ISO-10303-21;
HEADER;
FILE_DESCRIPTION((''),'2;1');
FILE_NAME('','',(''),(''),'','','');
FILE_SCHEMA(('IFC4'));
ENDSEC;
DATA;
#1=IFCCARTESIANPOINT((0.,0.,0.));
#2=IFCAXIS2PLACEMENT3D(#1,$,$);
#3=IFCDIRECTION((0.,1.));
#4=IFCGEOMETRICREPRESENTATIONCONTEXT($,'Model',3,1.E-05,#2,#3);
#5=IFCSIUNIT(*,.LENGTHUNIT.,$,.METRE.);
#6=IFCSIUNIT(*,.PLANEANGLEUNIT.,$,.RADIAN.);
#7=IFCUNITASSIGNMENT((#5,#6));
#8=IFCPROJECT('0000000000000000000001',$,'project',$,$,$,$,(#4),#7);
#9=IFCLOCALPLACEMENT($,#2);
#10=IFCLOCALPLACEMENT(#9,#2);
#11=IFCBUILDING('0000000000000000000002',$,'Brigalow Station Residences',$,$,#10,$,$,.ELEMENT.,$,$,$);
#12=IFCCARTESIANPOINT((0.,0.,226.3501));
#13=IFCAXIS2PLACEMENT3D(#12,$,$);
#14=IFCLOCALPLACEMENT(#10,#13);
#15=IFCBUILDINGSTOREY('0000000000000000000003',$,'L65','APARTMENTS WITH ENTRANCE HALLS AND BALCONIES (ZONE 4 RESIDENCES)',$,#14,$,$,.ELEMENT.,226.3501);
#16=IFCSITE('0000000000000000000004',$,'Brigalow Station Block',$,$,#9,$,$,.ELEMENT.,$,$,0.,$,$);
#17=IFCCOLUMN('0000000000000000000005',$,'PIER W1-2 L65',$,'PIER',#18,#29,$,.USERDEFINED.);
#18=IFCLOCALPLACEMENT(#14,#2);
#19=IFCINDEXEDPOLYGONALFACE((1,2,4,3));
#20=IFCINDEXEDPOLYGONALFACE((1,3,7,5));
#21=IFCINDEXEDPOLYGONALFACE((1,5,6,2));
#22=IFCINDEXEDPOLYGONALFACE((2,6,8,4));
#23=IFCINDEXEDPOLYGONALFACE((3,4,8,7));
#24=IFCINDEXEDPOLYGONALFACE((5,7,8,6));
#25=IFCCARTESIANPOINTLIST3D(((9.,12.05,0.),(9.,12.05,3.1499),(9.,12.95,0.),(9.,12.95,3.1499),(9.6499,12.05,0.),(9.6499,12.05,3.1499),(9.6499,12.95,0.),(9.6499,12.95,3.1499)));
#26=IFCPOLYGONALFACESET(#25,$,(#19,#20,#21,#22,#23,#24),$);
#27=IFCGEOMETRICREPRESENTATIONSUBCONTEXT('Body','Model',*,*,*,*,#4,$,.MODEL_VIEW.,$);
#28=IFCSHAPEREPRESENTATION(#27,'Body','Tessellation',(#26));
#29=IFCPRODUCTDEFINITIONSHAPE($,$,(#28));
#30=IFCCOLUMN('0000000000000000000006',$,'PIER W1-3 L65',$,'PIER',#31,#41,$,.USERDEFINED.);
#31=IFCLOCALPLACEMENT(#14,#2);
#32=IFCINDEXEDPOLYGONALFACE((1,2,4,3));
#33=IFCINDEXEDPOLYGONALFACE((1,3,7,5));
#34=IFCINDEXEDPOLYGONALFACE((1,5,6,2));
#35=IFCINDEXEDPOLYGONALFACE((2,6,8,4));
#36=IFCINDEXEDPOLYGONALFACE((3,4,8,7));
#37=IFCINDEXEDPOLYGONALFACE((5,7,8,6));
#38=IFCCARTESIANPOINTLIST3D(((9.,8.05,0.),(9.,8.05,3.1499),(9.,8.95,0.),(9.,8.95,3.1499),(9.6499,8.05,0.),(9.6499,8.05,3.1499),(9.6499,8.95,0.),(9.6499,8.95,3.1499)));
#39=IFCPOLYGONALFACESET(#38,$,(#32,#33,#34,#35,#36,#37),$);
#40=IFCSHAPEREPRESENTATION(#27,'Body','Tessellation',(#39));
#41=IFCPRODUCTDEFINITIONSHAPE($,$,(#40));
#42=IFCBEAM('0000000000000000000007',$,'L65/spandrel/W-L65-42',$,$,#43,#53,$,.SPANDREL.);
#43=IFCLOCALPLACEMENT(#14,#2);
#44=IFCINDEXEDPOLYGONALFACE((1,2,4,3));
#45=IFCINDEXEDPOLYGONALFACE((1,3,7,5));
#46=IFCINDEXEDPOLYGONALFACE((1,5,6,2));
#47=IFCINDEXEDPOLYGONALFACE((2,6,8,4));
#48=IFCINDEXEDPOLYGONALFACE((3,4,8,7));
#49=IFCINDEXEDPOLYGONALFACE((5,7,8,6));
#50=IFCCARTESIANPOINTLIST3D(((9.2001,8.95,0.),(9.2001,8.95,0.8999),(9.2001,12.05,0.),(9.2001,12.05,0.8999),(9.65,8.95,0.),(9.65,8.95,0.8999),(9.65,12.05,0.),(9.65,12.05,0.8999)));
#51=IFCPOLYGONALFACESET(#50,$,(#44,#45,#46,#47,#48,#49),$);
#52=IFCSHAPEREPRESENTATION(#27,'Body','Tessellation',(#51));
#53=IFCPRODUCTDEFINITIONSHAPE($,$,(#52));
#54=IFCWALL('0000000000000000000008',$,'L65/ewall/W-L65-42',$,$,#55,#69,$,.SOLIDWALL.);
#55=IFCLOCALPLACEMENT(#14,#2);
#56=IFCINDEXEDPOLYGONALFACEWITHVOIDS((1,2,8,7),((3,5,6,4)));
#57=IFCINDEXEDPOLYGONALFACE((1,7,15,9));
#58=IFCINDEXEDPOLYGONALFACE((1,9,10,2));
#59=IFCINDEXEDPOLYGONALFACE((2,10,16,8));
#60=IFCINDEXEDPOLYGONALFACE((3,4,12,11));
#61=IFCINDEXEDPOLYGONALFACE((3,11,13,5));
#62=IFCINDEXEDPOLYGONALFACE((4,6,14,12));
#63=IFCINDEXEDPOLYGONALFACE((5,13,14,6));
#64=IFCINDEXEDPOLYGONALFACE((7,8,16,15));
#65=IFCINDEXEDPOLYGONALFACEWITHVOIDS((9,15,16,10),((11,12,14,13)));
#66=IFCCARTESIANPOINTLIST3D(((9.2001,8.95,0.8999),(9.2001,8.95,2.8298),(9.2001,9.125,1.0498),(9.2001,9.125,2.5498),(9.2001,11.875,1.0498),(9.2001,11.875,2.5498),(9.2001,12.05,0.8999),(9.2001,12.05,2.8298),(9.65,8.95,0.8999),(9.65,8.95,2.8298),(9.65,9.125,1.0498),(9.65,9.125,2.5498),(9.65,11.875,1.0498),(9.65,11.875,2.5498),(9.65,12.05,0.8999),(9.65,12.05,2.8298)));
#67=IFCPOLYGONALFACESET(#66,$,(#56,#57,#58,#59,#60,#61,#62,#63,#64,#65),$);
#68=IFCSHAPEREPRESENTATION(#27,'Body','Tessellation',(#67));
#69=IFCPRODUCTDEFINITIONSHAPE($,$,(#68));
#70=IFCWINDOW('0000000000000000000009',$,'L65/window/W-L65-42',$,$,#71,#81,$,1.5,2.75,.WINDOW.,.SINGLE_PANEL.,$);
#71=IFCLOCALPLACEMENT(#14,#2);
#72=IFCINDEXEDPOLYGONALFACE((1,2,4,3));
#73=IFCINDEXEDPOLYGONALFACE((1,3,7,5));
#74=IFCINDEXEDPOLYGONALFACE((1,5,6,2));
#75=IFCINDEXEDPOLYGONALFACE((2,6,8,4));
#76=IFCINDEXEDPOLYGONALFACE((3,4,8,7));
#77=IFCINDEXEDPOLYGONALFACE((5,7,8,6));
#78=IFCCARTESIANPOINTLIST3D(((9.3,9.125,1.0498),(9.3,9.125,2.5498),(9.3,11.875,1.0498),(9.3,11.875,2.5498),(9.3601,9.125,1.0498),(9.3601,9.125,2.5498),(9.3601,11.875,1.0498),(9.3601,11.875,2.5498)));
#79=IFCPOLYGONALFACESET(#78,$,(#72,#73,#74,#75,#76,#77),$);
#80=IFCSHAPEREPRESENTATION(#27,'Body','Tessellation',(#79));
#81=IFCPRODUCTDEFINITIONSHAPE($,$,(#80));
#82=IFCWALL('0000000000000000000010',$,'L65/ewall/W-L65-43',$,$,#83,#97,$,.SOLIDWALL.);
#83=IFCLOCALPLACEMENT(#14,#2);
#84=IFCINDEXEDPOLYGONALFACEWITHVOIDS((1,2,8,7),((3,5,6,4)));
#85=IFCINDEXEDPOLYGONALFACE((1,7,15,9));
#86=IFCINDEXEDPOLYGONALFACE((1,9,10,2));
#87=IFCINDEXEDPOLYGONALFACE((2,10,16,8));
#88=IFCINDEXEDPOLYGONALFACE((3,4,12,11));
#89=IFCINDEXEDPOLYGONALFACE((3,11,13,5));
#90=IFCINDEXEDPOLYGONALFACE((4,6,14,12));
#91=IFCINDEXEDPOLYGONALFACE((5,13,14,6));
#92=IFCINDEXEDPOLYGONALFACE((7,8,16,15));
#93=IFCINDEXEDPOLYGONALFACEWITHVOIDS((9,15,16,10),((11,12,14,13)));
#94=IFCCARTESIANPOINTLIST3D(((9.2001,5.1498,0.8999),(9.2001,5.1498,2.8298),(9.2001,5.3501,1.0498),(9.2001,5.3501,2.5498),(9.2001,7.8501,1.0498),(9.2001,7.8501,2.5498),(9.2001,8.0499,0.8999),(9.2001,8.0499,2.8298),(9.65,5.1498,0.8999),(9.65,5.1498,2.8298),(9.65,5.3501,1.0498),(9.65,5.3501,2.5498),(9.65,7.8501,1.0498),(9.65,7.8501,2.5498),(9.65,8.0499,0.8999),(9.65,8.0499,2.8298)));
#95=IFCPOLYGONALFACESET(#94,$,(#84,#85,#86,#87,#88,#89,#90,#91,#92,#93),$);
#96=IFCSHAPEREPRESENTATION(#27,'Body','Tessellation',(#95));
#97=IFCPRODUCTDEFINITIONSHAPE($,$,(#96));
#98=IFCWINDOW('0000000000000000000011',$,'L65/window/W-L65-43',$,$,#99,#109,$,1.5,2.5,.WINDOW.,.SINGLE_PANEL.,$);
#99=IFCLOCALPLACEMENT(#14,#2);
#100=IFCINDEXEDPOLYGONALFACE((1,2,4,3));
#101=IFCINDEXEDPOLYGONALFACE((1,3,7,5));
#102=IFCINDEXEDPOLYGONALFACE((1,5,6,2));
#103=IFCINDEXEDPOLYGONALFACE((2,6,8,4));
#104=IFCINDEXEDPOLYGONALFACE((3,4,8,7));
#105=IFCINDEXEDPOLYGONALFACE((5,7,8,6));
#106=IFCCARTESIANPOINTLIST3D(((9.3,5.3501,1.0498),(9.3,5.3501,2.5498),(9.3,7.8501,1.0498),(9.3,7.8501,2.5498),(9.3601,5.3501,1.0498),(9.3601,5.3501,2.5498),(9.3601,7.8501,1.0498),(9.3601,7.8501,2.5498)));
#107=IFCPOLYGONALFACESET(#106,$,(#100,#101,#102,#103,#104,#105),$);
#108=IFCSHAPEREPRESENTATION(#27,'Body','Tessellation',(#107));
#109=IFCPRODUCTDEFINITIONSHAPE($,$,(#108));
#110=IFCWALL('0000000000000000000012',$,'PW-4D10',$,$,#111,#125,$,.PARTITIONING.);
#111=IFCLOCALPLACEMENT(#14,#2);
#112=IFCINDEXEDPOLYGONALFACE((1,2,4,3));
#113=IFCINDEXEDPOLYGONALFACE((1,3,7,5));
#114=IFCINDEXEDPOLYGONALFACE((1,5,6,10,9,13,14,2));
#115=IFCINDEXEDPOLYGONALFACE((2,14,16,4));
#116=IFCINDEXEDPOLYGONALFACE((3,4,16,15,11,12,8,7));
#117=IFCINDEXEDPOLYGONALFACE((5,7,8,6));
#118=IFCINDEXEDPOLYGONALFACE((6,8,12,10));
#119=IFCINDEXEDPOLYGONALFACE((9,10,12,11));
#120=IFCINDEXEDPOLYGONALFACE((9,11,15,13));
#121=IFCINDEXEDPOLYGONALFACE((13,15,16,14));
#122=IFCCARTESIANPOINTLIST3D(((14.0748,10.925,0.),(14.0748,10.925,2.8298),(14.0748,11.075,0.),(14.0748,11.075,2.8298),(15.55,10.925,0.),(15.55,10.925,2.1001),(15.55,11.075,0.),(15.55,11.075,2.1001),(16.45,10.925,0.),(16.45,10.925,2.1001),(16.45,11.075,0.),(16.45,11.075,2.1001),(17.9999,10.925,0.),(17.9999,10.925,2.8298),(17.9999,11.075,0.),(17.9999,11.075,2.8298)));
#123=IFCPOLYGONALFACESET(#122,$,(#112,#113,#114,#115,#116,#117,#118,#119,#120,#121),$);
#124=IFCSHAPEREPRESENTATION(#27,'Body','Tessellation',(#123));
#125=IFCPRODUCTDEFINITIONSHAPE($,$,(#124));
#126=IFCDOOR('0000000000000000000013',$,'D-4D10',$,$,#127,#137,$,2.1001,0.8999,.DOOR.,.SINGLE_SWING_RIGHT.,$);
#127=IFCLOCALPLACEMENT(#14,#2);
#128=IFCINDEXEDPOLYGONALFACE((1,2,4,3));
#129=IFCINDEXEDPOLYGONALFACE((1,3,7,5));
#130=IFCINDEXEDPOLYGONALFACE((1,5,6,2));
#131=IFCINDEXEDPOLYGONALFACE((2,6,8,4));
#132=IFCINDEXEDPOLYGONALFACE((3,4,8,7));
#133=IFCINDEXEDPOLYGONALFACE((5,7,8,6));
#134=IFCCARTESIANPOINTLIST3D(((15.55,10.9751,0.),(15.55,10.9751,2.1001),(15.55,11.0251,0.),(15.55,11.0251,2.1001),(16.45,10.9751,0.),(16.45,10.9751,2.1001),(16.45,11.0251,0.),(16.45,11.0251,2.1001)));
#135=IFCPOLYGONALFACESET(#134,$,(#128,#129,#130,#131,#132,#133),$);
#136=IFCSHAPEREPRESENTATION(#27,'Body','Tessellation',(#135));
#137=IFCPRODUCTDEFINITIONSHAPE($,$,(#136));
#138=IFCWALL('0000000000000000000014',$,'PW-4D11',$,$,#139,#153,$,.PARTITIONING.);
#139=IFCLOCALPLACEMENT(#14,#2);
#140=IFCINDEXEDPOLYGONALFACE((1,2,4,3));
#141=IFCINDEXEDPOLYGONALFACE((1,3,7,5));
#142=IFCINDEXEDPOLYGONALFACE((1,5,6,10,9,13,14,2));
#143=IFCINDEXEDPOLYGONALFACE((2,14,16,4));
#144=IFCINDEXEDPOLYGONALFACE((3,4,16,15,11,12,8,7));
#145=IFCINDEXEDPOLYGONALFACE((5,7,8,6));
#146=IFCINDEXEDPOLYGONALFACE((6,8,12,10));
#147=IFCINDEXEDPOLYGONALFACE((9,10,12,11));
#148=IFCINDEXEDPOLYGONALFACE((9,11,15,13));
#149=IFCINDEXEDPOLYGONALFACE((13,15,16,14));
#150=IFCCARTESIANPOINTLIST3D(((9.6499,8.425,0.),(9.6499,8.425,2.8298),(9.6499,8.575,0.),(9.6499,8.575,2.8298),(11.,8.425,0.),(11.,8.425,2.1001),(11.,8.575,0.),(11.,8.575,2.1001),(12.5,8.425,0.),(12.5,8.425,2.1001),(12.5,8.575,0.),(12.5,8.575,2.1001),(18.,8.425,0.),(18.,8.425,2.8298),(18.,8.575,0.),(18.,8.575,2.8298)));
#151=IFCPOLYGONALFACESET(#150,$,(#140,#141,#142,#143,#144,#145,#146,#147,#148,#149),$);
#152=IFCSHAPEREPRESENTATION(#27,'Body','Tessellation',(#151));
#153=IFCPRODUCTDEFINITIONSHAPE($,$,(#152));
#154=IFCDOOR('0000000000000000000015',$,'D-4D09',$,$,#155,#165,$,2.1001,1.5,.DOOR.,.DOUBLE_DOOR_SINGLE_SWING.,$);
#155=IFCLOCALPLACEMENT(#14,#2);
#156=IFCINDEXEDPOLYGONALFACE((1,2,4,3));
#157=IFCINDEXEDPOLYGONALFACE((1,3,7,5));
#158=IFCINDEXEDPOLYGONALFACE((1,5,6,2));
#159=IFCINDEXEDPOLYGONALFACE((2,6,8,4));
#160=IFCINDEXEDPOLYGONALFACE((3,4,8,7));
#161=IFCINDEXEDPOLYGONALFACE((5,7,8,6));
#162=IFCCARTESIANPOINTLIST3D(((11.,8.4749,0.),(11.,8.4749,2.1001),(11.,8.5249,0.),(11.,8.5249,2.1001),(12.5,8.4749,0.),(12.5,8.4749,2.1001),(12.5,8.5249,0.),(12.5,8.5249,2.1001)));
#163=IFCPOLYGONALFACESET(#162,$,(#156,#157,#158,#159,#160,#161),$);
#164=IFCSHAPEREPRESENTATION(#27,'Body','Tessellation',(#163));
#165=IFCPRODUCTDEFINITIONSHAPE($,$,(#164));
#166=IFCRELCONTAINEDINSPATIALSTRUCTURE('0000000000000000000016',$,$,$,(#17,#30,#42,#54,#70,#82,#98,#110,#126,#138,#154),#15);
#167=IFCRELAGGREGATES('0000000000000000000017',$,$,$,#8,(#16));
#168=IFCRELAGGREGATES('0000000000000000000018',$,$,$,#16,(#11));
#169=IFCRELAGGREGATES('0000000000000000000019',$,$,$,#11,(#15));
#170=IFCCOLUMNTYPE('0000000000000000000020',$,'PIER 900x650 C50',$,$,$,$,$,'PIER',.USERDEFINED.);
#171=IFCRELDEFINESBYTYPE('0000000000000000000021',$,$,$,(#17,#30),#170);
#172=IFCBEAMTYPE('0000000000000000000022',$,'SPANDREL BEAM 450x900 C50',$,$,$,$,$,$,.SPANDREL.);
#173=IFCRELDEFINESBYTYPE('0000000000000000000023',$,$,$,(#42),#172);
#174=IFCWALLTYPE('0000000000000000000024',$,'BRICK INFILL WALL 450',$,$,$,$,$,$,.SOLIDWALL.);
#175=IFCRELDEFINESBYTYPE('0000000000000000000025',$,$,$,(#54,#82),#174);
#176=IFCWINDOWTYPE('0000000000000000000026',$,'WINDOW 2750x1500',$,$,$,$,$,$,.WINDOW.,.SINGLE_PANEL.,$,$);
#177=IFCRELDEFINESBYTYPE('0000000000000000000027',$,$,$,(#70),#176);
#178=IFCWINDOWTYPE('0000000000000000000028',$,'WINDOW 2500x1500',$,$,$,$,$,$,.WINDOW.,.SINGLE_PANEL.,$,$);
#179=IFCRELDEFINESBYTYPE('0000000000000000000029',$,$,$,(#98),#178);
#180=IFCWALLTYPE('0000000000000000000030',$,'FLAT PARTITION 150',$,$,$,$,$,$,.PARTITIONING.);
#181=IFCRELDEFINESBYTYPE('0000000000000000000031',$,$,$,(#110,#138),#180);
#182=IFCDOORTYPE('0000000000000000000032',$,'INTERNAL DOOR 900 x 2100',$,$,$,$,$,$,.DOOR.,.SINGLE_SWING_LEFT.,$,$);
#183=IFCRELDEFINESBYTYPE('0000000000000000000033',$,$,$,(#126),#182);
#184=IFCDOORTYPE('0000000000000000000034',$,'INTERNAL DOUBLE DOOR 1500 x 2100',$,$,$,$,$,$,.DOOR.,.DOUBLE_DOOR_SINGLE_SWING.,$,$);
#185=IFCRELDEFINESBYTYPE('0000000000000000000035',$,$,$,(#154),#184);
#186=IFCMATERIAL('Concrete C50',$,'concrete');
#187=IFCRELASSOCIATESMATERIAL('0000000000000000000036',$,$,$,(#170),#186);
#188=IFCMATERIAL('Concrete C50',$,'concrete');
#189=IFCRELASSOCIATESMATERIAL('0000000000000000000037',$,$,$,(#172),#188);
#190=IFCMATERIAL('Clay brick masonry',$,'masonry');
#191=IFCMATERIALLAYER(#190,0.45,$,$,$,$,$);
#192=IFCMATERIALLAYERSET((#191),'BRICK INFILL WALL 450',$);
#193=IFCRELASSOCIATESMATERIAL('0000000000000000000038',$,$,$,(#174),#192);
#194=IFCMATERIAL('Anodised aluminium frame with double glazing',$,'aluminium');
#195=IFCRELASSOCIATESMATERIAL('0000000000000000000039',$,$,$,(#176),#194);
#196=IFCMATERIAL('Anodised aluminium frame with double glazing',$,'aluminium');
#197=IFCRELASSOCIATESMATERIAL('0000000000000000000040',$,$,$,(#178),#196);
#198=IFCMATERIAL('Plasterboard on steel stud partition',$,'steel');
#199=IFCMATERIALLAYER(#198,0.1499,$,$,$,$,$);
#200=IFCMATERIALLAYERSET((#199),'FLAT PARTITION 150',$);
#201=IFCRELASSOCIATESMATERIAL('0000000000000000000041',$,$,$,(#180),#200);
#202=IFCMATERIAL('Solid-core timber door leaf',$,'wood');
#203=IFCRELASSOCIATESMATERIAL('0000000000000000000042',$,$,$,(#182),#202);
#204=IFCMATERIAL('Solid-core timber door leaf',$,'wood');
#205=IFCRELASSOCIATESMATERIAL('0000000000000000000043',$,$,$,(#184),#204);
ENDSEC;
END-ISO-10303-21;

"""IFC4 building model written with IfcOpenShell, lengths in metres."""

from ifc_helpers import new_model, si_unit, direction, frame, frame_2d, origin, origin_2d, place, context, subcontext, project, spatial, rectangle, extrude, material, layer, layer_set, material_profile, profile_set, type_object, element, fill, save


model = new_model("IFC4")

# Units and contexts
model_context = context("Model", 3, precision=1e-05, world=origin(), true_north=direction((0.0, 1.0)))
body_context = subcontext(model_context, "Body", "Model", "MODEL_VIEW")
ifc_project = project(units=[si_unit("LENGTHUNIT", "METRE"), si_unit("PLANEANGLEUNIT", "RADIAN")], contexts=[model_context])

# Site, building, storey
site_placement = place(None, origin())
site = spatial("IfcSite", under=ifc_project, at=site_placement, Name="Brigalow Station Block", CompositionType="ELEMENT", RefElevation=0.0)
building_placement = place(site_placement, origin())
building = spatial("IfcBuilding", under=site, at=building_placement, Name="Brigalow Station Residences", CompositionType="ELEMENT")
storey_placement = place(building_placement, frame((0.0, 0.0, 226.3501)))
storey = spatial("IfcBuildingStorey", under=building, at=storey_placement, Name="L65", Description="APARTMENTS WITH ENTRANCE HALLS AND BALCONIES (ZONE 4 RESIDENCES)", CompositionType="ELEMENT", Elevation=226.3501)

# Columns
ifc_material_1 = material(Name="Concrete C50", Category="concrete")
ifc_material_profile_1 = material_profile(ifc_material_1, rectangle(XDim=0.8999, YDim=0.6499, at=origin_2d()), Name="RC900x650")
ifc_profile_set_1 = profile_set([ifc_material_profile_1], Name="Concrete C50")
column_type = type_object("IfcColumnType", Name="PIER 900x650 C50", ElementType="PIER", PredefinedType="USERDEFINED", material=ifc_profile_set_1)
for number, where, z_axis, x_axis, name in (
    (1, (9.325, 12.5, 0.0), (0.0, 0.0, 1.0), (0.0, -1.0, 0.0), "PIER W1-2 L65"),
    (2, (9.325, 8.5, 0.0), (0.0, 0.0, 1.0), (0.0, -1.0, 0.0), "PIER W1-3 L65"),
):
    element("IfcColumn", number, at=place(storey_placement, frame(where, z_axis=z_axis, x_axis=x_axis)), inside=storey, type_object=column_type, Name=name, ObjectType="PIER", PredefinedType="USERDEFINED", context=body_context, shape_type="SweptSolid", body=[
        extrude(rectangle(XDim=0.8999, YDim=0.6499, at=origin_2d()), origin(), (0.0, 0.0, 1.0), 3.1499),
    ])

# Beam
ifc_material_2 = material(Name="Concrete C50", Category="concrete")
ifc_material_profile_2 = material_profile(ifc_material_2, rectangle(XDim=0.45, YDim=0.8999, at=origin_2d()), Name="RC450x900")
ifc_profile_set_2 = profile_set([ifc_material_profile_2], Name="Concrete C50")
beam_type = type_object("IfcBeamType", Name="SPANDREL BEAM 450x900 C50", PredefinedType="SPANDREL", material=ifc_profile_set_2)
beam_placement = place(storey_placement, frame((9.425, 12.05, 0.45), z_axis=(0.0, -1.0, 0.0), x_axis=(1.0, 0.0, 0.0)))
element("IfcBeam", 3, at=beam_placement, inside=storey, type_object=beam_type, Name="L65/spandrel/W-L65-42", PredefinedType="SPANDREL", context=body_context, shape_type="SweptSolid", body=[
    extrude(rectangle(XDim=0.45, YDim=0.8999, at=origin_2d()), origin(), (0.0, 0.0, 1.0), 3.1001),
])

# Walls, openings, windows
ifc_material_3 = material(Name="Clay brick masonry", Category="masonry")
ifc_layer_1 = layer(ifc_material_3, 0.45)
ifc_layer_set_1 = layer_set([ifc_layer_1], Name="BRICK INFILL WALL 450")
wall_type_1 = type_object("IfcWallType", Name="BRICK INFILL WALL 450", PredefinedType="SOLIDWALL", material=ifc_layer_set_1)
wall_1_placement = place(storey_placement, frame((9.425, 12.05, 0.8999), z_axis=(0.0, 0.0, 1.0), x_axis=(0.0, -1.0, 0.0)))
wall_1 = element("IfcWall", 4, at=wall_1_placement, inside=storey, type_object=wall_type_1, Name="L65/ewall/W-L65-42", PredefinedType="SOLIDWALL", context=body_context, shape_type="SweptSolid", body=[
    extrude(rectangle(XDim=3.1001, YDim=0.45, at=frame_2d((1.55, 0.0))), origin(), (0.0, 0.0, 1.0), 1.9299),
])
opening_1_placement = place(wall_1_placement, frame((0.175, 0.0, 0.1499)))
opening_1 = element("IfcOpeningElement", 5, at=opening_1_placement, cuts=wall_1, PredefinedType="OPENING", context=body_context, shape_type="SweptSolid", body=[
    extrude(rectangle(XDim=2.75, YDim=1.5, at=frame_2d((1.375, 0.75))), frame((0.0, 0.2349, 0.0), z_axis=(0.0, -1.0, 0.0), x_axis=(1.0, 0.0, 0.0)), (0.0, 0.0, 1.0), 0.47),
])
ifc_material_4 = material(Name="Anodised aluminium frame with double glazing", Category="aluminium")
window_type_1 = type_object("IfcWindowType", Name="WINDOW 2750x1500", PartitioningType="SINGLE_PANEL", PredefinedType="WINDOW", material=ifc_material_4)
window_1_placement = place(opening_1_placement, origin())
window_1 = element("IfcWindow", 6, at=window_1_placement, inside=storey, type_object=window_type_1, Name="L65/window/W-L65-42", OverallHeight=1.5, OverallWidth=2.75, PartitioningType="SINGLE_PANEL", PredefinedType="WINDOW", context=body_context, shape_type="SweptSolid", body=[
    extrude(rectangle(XDim=2.75, YDim=1.5, at=frame_2d((1.375, 0.75))), frame((0.0, -0.0649, 0.0), z_axis=(0.0, -1.0, 0.0), x_axis=(1.0, 0.0, 0.0)), (0.0, 0.0, 1.0), 0.0601),
])
fill(opening_1, window_1)
wall_2_placement = place(storey_placement, frame((9.425, 8.05, 0.8999), z_axis=(0.0, 0.0, 1.0), x_axis=(0.0, -1.0, 0.0)))
wall_2 = element("IfcWall", 7, at=wall_2_placement, inside=storey, type_object=wall_type_1, Name="L65/ewall/W-L65-43", PredefinedType="SOLIDWALL", context=body_context, shape_type="SweptSolid", body=[
    extrude(rectangle(XDim=2.9001, YDim=0.45, at=frame_2d((1.4502, 0.0))), origin(), (0.0, 0.0, 1.0), 1.9299),
])
opening_2_placement = place(wall_2_placement, frame((0.2, 0.0, 0.1499)))
opening_2 = element("IfcOpeningElement", 8, at=opening_2_placement, cuts=wall_2, PredefinedType="OPENING", context=body_context, shape_type="SweptSolid", body=[
    extrude(rectangle(XDim=2.5, YDim=1.5, at=frame_2d((1.25, 0.75))), frame((0.0, 0.2349, 0.0), z_axis=(0.0, -1.0, 0.0), x_axis=(1.0, 0.0, 0.0)), (0.0, 0.0, 1.0), 0.47),
])
ifc_material_5 = material(Name="Anodised aluminium frame with double glazing", Category="aluminium")
window_type_2 = type_object("IfcWindowType", Name="WINDOW 2500x1500", PartitioningType="SINGLE_PANEL", PredefinedType="WINDOW", material=ifc_material_5)
window_2_placement = place(opening_2_placement, origin())
window_2 = element("IfcWindow", 9, at=window_2_placement, inside=storey, type_object=window_type_2, Name="L65/window/W-L65-43", OverallHeight=1.5, OverallWidth=2.5, PartitioningType="SINGLE_PANEL", PredefinedType="WINDOW", context=body_context, shape_type="SweptSolid", body=[
    extrude(rectangle(XDim=2.5, YDim=1.5, at=frame_2d((1.25, 0.75))), frame((0.0, -0.0649, 0.0), z_axis=(0.0, -1.0, 0.0), x_axis=(1.0, 0.0, 0.0)), (0.0, 0.0, 1.0), 0.0601),
])
fill(opening_2, window_2)

# Walls, openings, doors
ifc_material_6 = material(Name="Plasterboard on steel stud partition", Category="steel")
ifc_layer_2 = layer(ifc_material_6, 0.1499)
ifc_layer_set_2 = layer_set([ifc_layer_2], Name="FLAT PARTITION 150")
wall_type_2 = type_object("IfcWallType", Name="FLAT PARTITION 150", PredefinedType="PARTITIONING", material=ifc_layer_set_2)
wall_3_placement = place(storey_placement, frame((14.075, 11.0, 0.0), z_axis=(0.0, 0.0, 1.0), x_axis=(1.0, 0.0, 0.0)))
wall_3 = element("IfcWall", 10, at=wall_3_placement, inside=storey, type_object=wall_type_2, Name="PW-4D10", PredefinedType="PARTITIONING", context=body_context, shape_type="SweptSolid", body=[
    extrude(rectangle(XDim=3.925, YDim=0.1499, at=frame_2d((1.9624, 0.0))), origin(), (0.0, 0.0, 1.0), 2.8298),
])
opening_3_placement = place(wall_3_placement, frame((1.4751, 0.0, 0.0)))
opening_3 = element("IfcOpeningElement", 11, at=opening_3_placement, cuts=wall_3, PredefinedType="OPENING", context=body_context, shape_type="SweptSolid", body=[
    extrude(rectangle(XDim=0.8999, YDim=2.1001, at=frame_2d((0.45, 1.05))), frame((0.0, 0.085, 0.0), z_axis=(0.0, -1.0, 0.0), x_axis=(1.0, 0.0, 0.0)), (0.0, 0.0, 1.0), 0.1699),
])
ifc_material_7 = material(Name="Solid-core timber door leaf", Category="wood")
door_type_1 = type_object("IfcDoorType", Name="INTERNAL DOOR 900 x 2100", OperationType="SINGLE_SWING_LEFT", PredefinedType="DOOR", material=ifc_material_7)
door_1_placement = place(opening_3_placement, frame((0.8999, 0.0, 0.0), z_axis=(0.0, 0.0, 1.0), x_axis=(-1.0, 0.0, 0.0)))
door_1 = element("IfcDoor", 12, at=door_1_placement, inside=storey, type_object=door_type_1, Name="D-4D10", OperationType="SINGLE_SWING_RIGHT", OverallHeight=2.1001, OverallWidth=0.8999, PredefinedType="DOOR", context=body_context, shape_type="SweptSolid", body=[
    extrude(rectangle(XDim=0.8999, YDim=2.1001, at=frame_2d((0.45, 1.05))), frame((0.0, 0.0249, 0.0), z_axis=(0.0, -1.0, 0.0), x_axis=(1.0, 0.0, 0.0)), (0.0, 0.0, 1.0), 0.05),
])
fill(opening_3, door_1)
wall_4_placement = place(storey_placement, frame((9.6499, 8.5, 0.0), z_axis=(0.0, 0.0, 1.0), x_axis=(1.0, 0.0, 0.0)))
wall_4 = element("IfcWall", 13, at=wall_4_placement, inside=storey, type_object=wall_type_2, Name="PW-4D11", PredefinedType="PARTITIONING", context=body_context, shape_type="SweptSolid", body=[
    extrude(rectangle(XDim=8.3501, YDim=0.1499, at=frame_2d((4.175, 0.0))), origin(), (0.0, 0.0, 1.0), 2.8298),
])
opening_4_placement = place(wall_4_placement, frame((1.3501, 0.0, 0.0)))
opening_4 = element("IfcOpeningElement", 14, at=opening_4_placement, cuts=wall_4, PredefinedType="OPENING", context=body_context, shape_type="SweptSolid", body=[
    extrude(rectangle(XDim=1.5, YDim=2.1001, at=frame_2d((0.75, 1.05))), frame((0.0, 0.085, 0.0), z_axis=(0.0, -1.0, 0.0), x_axis=(1.0, 0.0, 0.0)), (0.0, 0.0, 1.0), 0.1699),
])
ifc_material_8 = material(Name="Solid-core timber door leaf", Category="wood")
door_type_2 = type_object("IfcDoorType", Name="INTERNAL DOUBLE DOOR 1500 x 2100", OperationType="DOUBLE_DOOR_SINGLE_SWING", PredefinedType="DOOR", material=ifc_material_8)
door_2_placement = place(opening_4_placement, origin())
door_2 = element("IfcDoor", 15, at=door_2_placement, inside=storey, type_object=door_type_2, Name="D-4D09", OperationType="DOUBLE_DOOR_SINGLE_SWING", OverallHeight=2.1001, OverallWidth=1.5, PredefinedType="DOOR", context=body_context, shape_type="SweptSolid", body=[
    extrude(rectangle(XDim=1.5, YDim=2.1001, at=frame_2d((0.75, 1.05))), frame((0.0, 0.0249, 0.0), z_axis=(0.0, -1.0, 0.0), x_axis=(1.0, 0.0, 0.0)), (0.0, 0.0, 1.0), 0.05),
])
fill(opening_4, door_2)

save(model, "model.ifc")
